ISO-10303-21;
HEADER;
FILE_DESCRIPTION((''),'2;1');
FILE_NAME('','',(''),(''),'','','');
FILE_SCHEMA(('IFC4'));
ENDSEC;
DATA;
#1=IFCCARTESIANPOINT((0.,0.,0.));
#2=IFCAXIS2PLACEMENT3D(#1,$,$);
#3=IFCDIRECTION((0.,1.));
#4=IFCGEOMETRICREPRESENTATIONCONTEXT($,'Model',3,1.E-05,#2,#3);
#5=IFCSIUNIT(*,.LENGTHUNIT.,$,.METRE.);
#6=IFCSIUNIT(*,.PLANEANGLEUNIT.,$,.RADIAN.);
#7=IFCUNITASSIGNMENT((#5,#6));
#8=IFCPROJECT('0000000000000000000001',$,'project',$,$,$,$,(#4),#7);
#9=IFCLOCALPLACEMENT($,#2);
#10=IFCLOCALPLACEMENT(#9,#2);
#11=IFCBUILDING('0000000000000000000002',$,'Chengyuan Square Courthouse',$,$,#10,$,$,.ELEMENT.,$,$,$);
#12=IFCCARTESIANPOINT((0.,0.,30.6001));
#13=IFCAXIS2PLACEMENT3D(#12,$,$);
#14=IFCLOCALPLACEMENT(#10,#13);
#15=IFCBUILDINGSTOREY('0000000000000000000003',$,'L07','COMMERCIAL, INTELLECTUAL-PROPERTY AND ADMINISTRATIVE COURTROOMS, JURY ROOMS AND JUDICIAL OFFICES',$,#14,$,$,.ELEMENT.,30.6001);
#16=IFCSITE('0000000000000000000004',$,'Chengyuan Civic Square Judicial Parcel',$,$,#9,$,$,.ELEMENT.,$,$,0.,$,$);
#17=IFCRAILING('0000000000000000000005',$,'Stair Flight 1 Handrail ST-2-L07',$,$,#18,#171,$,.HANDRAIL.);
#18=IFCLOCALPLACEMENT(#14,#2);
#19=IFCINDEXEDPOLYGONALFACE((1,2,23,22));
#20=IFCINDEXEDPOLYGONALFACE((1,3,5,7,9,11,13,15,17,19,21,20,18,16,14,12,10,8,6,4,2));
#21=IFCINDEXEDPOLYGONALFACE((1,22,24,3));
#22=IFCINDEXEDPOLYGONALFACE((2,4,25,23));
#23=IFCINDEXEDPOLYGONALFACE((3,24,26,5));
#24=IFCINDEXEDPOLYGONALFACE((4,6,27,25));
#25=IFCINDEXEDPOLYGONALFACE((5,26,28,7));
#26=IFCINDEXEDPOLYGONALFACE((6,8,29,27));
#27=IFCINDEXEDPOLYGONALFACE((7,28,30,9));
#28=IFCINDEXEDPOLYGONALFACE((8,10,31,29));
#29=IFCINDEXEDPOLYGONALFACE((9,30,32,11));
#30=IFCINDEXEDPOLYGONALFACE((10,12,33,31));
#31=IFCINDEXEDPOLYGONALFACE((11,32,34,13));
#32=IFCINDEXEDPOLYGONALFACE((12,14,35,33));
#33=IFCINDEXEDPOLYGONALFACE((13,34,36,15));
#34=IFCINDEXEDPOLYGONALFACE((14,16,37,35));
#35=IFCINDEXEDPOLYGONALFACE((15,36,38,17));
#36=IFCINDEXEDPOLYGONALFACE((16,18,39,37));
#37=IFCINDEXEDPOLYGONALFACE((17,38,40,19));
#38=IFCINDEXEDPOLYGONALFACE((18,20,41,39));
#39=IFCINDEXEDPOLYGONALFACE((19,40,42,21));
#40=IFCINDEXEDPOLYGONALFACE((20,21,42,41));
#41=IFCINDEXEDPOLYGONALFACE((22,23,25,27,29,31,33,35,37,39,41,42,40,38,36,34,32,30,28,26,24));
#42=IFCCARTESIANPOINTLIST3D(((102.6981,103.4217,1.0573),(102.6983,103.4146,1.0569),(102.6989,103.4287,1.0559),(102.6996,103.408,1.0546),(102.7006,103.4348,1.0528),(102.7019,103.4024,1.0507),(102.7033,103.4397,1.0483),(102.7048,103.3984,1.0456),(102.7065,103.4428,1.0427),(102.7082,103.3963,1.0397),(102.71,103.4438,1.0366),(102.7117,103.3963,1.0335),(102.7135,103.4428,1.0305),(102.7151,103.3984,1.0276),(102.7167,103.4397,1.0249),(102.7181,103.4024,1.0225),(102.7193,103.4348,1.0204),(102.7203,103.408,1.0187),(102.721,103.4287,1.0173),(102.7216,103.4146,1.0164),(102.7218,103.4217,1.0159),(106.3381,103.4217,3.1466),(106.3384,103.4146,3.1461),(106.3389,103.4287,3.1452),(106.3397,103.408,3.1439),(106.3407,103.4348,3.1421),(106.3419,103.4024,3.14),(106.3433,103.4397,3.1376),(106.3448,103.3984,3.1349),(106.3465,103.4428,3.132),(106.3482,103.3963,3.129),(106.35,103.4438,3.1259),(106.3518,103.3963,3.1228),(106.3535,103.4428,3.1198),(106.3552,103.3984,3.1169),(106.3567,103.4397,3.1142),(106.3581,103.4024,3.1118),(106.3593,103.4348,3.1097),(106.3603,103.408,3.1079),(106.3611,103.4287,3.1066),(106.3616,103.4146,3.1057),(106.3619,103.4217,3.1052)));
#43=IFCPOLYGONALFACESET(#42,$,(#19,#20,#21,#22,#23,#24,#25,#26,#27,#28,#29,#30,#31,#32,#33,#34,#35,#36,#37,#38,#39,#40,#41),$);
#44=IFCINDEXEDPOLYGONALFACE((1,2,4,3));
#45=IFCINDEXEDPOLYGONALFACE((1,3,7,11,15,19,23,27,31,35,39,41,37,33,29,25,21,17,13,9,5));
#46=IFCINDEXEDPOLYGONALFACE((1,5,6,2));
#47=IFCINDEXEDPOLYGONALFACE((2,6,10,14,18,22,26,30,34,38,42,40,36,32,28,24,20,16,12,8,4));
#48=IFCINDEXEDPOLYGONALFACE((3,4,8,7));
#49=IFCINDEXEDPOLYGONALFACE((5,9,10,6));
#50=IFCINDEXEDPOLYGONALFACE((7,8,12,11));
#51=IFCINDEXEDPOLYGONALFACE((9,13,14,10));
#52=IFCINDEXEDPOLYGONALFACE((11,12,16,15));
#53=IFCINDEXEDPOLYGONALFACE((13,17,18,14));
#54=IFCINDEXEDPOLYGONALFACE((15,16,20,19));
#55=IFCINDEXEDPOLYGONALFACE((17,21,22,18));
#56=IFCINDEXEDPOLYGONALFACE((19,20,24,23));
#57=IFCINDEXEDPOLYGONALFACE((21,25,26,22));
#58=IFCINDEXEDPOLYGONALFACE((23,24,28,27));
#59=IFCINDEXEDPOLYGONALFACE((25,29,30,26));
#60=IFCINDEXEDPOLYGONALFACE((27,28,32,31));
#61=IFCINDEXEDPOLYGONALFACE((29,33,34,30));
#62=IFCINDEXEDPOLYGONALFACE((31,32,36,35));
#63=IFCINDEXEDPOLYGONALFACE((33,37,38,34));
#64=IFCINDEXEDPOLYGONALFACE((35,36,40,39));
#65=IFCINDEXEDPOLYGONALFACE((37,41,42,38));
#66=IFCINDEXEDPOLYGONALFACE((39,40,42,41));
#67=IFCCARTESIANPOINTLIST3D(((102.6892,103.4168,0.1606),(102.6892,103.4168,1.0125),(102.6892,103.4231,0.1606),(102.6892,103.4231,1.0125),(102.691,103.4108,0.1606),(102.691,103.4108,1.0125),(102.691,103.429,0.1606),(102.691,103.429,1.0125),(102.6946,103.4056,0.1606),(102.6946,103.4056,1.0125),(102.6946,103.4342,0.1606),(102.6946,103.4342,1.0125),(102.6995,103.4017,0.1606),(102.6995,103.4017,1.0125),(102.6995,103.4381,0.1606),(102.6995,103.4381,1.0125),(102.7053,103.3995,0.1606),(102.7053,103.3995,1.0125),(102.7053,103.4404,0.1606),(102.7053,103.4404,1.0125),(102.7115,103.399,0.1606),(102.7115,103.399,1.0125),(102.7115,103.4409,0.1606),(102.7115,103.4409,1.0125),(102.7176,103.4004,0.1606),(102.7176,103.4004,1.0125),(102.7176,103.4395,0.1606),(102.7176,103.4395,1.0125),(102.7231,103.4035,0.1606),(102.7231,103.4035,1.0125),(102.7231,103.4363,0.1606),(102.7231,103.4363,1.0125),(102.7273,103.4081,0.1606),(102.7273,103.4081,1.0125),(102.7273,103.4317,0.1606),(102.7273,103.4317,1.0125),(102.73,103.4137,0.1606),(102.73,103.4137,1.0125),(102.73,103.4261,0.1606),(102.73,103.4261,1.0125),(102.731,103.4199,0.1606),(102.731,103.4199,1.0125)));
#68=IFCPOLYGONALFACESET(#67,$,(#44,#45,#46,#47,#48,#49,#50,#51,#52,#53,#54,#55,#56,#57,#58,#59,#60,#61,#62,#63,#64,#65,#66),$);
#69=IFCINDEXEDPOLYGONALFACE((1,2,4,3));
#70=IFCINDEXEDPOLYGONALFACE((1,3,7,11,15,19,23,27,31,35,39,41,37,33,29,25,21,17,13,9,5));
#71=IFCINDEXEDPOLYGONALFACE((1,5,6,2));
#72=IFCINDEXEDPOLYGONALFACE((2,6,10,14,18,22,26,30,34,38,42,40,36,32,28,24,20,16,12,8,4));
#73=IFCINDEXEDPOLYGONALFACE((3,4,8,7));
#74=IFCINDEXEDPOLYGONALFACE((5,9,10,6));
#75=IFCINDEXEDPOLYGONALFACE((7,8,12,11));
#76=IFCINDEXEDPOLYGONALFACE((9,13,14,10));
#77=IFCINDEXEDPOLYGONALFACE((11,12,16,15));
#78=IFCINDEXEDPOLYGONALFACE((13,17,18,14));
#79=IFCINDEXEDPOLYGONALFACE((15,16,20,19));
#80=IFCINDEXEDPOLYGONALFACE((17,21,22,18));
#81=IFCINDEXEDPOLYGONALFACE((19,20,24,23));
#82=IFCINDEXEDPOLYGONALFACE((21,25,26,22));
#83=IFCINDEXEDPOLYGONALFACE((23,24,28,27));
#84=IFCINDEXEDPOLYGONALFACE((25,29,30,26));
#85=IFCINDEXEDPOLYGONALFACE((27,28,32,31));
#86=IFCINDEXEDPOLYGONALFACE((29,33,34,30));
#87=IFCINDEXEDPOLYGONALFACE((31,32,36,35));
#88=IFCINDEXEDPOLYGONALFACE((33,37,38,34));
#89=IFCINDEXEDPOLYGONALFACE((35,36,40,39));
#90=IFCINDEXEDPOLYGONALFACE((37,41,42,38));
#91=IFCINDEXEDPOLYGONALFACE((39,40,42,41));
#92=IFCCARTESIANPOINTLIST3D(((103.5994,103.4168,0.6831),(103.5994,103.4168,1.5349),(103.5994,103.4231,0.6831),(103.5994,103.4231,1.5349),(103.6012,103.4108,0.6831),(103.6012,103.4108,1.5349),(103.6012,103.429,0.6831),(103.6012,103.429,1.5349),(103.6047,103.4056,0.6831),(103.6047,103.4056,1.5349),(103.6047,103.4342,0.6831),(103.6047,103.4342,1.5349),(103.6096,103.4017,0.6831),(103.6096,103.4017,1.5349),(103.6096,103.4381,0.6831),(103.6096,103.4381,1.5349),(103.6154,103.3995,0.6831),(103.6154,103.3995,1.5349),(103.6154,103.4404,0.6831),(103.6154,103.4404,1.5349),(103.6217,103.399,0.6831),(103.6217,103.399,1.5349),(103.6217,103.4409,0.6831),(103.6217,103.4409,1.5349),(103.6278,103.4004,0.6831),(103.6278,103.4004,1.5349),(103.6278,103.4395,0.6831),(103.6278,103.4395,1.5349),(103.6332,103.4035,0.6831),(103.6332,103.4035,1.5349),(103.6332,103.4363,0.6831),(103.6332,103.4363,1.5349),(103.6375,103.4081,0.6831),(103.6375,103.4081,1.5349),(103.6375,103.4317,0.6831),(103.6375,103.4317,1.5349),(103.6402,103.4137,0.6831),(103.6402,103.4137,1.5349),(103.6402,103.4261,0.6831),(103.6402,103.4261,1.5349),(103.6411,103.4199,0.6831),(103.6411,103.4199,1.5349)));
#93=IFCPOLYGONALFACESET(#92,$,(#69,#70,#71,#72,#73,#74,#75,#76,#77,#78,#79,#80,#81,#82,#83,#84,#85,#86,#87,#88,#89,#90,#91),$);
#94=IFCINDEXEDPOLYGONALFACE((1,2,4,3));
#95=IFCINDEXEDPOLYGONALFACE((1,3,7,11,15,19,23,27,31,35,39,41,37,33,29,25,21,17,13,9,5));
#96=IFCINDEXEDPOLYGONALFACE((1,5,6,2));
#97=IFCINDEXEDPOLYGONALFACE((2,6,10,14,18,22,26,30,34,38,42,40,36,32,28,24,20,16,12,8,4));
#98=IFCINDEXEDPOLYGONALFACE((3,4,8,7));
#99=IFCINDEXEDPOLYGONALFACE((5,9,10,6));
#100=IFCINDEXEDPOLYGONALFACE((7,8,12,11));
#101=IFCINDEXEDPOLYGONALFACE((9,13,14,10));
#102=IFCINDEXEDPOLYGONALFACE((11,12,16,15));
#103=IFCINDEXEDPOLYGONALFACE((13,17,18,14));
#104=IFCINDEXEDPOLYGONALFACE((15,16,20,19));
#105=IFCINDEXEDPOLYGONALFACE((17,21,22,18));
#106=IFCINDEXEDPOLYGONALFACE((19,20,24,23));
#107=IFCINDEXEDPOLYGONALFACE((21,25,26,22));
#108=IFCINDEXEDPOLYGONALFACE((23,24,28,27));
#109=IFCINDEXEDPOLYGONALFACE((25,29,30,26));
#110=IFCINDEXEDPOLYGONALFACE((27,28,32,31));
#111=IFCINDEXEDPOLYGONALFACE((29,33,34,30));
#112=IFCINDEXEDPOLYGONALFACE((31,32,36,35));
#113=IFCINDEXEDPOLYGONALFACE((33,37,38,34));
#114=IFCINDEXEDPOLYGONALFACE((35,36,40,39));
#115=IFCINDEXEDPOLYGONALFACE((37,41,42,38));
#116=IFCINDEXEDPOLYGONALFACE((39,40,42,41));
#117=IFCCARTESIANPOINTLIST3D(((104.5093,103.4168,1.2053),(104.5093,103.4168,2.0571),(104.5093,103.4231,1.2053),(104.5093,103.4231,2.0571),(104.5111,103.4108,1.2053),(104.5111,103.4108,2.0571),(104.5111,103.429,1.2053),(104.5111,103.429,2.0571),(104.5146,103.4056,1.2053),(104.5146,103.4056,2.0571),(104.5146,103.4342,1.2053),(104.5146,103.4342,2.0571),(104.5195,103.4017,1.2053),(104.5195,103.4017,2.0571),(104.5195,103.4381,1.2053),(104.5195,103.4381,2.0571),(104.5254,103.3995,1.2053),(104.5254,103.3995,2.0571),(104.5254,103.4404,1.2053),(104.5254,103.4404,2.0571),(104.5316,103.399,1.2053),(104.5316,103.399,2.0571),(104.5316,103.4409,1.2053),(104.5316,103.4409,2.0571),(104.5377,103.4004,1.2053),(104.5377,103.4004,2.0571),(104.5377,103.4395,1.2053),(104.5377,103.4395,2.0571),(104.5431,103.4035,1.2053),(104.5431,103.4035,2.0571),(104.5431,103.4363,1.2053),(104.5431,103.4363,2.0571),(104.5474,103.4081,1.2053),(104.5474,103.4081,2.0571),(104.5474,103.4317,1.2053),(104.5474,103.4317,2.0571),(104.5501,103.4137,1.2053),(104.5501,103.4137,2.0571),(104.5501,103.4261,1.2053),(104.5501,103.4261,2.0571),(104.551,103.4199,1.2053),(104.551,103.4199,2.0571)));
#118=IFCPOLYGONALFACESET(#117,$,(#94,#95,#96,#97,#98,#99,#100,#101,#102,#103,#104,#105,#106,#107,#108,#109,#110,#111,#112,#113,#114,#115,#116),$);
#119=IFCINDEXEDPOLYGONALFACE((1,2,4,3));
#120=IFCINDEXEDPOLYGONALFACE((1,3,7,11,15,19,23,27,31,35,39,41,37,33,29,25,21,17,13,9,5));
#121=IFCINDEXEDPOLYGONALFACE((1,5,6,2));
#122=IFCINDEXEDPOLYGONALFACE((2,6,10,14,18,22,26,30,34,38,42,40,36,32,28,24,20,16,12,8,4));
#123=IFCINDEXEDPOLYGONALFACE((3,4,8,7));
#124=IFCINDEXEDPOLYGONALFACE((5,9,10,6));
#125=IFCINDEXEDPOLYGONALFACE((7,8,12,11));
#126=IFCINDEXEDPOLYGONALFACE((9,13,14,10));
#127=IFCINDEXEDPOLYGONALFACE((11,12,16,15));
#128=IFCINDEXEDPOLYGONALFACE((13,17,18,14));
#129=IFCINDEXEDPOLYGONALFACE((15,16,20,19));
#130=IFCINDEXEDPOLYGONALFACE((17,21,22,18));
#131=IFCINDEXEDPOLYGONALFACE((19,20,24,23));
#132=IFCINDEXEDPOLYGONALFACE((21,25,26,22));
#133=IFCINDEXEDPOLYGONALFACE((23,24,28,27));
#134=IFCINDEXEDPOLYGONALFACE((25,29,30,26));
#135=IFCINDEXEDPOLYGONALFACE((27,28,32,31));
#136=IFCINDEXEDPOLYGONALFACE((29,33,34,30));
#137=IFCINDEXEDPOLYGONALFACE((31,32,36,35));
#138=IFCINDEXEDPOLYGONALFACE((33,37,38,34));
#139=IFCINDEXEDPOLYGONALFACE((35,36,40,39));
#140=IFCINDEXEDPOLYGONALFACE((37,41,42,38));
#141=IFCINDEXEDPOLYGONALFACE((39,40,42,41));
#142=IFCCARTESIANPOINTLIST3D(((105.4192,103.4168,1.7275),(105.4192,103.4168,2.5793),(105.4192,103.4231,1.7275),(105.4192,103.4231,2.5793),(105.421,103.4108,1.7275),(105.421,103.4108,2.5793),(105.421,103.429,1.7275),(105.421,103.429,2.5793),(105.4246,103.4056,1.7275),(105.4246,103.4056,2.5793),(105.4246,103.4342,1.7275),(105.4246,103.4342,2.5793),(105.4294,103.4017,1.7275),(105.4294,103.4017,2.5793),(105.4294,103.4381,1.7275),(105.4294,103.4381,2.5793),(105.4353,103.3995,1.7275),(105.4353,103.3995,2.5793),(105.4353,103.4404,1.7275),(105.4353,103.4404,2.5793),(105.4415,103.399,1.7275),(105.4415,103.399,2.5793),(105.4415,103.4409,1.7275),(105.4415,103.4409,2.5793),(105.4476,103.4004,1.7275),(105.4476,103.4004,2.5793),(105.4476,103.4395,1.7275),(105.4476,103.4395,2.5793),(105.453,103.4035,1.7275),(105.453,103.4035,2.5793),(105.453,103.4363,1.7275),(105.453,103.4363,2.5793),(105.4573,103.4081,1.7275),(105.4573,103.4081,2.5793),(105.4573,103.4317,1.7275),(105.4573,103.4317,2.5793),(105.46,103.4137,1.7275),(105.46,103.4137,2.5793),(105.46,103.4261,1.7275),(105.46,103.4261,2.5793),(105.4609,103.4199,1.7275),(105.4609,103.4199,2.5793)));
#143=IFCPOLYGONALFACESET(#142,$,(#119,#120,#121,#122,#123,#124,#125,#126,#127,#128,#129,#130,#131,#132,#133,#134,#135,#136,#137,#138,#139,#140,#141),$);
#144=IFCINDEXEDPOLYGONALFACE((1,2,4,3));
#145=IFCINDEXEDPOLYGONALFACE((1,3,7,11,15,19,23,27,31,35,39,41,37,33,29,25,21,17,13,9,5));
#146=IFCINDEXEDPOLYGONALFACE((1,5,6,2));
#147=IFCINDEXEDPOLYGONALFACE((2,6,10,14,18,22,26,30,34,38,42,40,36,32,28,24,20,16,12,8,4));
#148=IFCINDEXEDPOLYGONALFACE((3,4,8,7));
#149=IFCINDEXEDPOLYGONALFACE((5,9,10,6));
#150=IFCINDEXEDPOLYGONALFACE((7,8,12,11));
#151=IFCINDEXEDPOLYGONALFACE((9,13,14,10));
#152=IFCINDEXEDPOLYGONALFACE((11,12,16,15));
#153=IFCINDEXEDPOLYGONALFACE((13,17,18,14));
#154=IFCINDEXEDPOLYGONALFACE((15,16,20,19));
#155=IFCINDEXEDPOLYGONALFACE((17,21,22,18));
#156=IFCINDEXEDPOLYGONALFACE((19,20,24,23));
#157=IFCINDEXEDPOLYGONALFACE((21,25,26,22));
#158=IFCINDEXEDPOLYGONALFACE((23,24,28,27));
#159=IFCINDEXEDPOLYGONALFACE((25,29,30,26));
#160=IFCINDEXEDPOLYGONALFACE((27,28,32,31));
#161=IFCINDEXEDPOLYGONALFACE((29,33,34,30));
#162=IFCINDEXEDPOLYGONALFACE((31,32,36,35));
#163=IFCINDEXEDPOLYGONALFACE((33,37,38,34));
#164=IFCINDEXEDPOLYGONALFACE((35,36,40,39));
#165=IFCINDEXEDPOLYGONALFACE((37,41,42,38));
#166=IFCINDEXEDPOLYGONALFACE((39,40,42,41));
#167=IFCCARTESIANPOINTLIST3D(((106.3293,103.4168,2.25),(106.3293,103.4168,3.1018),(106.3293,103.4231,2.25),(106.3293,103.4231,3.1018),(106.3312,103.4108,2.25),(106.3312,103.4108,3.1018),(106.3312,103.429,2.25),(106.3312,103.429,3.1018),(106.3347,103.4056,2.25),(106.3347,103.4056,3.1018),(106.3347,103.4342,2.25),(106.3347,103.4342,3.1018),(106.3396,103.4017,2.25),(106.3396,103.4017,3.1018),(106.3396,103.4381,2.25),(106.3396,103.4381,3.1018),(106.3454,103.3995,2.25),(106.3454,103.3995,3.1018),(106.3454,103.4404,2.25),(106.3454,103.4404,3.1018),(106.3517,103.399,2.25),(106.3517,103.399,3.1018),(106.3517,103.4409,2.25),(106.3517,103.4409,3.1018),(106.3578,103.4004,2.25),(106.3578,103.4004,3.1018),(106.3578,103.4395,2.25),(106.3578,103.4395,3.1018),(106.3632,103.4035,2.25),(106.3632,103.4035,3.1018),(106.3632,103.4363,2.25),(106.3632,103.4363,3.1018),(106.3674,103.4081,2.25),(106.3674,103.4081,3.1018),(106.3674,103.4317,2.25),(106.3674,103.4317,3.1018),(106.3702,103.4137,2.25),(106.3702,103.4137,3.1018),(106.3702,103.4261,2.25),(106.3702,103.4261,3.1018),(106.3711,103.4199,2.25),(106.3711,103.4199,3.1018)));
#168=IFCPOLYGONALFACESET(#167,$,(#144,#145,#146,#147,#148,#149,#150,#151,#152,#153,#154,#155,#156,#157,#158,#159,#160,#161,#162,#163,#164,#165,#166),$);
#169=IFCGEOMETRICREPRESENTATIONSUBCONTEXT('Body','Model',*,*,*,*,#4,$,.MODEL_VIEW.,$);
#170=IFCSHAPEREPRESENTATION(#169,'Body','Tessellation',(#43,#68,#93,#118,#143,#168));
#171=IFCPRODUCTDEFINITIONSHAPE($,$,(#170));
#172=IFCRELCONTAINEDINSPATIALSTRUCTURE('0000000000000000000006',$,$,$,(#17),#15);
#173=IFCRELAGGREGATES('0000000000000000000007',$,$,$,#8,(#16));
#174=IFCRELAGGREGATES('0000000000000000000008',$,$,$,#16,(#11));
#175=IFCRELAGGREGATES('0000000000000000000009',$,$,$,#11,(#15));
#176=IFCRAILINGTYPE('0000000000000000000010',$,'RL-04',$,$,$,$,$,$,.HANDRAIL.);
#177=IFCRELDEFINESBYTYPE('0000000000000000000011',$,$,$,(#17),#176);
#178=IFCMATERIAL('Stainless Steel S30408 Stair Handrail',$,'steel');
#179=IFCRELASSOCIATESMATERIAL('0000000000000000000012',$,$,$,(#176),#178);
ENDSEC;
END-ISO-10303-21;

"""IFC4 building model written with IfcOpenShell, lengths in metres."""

from ifc_helpers import new_model, si_unit, direction, frame, origin, origin_2d, place, context, subcontext, project, spatial, circle, extrude, material, type_object, element, save


model = new_model("IFC4")

# Units and contexts
model_context = context("Model", 3, precision=1e-05, world=origin(), true_north=direction((0.0, 1.0)))
body_context = subcontext(model_context, "Body", "Model", "MODEL_VIEW")
ifc_project = project(units=[si_unit("LENGTHUNIT", "METRE"), si_unit("PLANEANGLEUNIT", "RADIAN")], contexts=[model_context])

# Site, building, storey
site_placement = place(None, origin())
site = spatial("IfcSite", under=ifc_project, at=site_placement, Name="Chengyuan Civic Square Judicial Parcel", CompositionType="ELEMENT", RefElevation=0.0)
building_placement = place(site_placement, origin())
building = spatial("IfcBuilding", under=site, at=building_placement, Name="Chengyuan Square Courthouse", CompositionType="ELEMENT")
storey_placement = place(building_placement, frame((0.0, 0.0, 30.6001)))
storey = spatial("IfcBuildingStorey", under=building, at=storey_placement, Name="L07", Description="COMMERCIAL, INTELLECTUAL-PROPERTY AND ADMINISTRATIVE COURTROOMS, JURY ROOMS AND JUDICIAL OFFICES", CompositionType="ELEMENT", Elevation=30.6001)

# Railing
ifc_material_1 = material(Name="Stainless Steel S30408 Stair Handrail", Category="steel")
railing_type_1 = type_object("IfcRailingType", Name="RL-04", PredefinedType="HANDRAIL", material=ifc_material_1)
railing_1_placement = place(storey_placement, frame((102.71, 103.4199, 0.1606)))
element("IfcRailing", 1, at=railing_1_placement, inside=storey, type_object=railing_type_1, Name="Stair Flight 1 Handrail ST-2-L07", PredefinedType="HANDRAIL", context=body_context, shape_type="SweptSolid", body=[
    extrude(circle(Radius=0.0239, at=origin_2d()), frame((0.0, 0.0, 0.876), z_axis=(0.867289, 0.0, 0.497804), x_axis=(0.0, 1.0, 0.0)), (0.0, 0.0, 1.0), 4.197),
    extrude(circle(Radius=0.021, at=origin_2d()), origin(), (0.0, 0.0, 1.0), 0.8518),
    extrude(circle(Radius=0.021, at=origin_2d()), frame((0.9102, 0.0, 0.5225)), (0.0, 0.0, 1.0), 0.8518),
    extrude(circle(Radius=0.021, at=origin_2d()), frame((1.8201, 0.0, 1.0447)), (0.0, 0.0, 1.0), 0.8518),
    extrude(circle(Radius=0.021, at=origin_2d()), frame((2.73, 0.0, 1.5669)), (0.0, 0.0, 1.0), 0.8518),
    extrude(circle(Radius=0.021, at=origin_2d()), frame((3.6401, 0.0, 2.0894)), (0.0, 0.0, 1.0), 0.8518),
])

save(model, "model.ifc")
